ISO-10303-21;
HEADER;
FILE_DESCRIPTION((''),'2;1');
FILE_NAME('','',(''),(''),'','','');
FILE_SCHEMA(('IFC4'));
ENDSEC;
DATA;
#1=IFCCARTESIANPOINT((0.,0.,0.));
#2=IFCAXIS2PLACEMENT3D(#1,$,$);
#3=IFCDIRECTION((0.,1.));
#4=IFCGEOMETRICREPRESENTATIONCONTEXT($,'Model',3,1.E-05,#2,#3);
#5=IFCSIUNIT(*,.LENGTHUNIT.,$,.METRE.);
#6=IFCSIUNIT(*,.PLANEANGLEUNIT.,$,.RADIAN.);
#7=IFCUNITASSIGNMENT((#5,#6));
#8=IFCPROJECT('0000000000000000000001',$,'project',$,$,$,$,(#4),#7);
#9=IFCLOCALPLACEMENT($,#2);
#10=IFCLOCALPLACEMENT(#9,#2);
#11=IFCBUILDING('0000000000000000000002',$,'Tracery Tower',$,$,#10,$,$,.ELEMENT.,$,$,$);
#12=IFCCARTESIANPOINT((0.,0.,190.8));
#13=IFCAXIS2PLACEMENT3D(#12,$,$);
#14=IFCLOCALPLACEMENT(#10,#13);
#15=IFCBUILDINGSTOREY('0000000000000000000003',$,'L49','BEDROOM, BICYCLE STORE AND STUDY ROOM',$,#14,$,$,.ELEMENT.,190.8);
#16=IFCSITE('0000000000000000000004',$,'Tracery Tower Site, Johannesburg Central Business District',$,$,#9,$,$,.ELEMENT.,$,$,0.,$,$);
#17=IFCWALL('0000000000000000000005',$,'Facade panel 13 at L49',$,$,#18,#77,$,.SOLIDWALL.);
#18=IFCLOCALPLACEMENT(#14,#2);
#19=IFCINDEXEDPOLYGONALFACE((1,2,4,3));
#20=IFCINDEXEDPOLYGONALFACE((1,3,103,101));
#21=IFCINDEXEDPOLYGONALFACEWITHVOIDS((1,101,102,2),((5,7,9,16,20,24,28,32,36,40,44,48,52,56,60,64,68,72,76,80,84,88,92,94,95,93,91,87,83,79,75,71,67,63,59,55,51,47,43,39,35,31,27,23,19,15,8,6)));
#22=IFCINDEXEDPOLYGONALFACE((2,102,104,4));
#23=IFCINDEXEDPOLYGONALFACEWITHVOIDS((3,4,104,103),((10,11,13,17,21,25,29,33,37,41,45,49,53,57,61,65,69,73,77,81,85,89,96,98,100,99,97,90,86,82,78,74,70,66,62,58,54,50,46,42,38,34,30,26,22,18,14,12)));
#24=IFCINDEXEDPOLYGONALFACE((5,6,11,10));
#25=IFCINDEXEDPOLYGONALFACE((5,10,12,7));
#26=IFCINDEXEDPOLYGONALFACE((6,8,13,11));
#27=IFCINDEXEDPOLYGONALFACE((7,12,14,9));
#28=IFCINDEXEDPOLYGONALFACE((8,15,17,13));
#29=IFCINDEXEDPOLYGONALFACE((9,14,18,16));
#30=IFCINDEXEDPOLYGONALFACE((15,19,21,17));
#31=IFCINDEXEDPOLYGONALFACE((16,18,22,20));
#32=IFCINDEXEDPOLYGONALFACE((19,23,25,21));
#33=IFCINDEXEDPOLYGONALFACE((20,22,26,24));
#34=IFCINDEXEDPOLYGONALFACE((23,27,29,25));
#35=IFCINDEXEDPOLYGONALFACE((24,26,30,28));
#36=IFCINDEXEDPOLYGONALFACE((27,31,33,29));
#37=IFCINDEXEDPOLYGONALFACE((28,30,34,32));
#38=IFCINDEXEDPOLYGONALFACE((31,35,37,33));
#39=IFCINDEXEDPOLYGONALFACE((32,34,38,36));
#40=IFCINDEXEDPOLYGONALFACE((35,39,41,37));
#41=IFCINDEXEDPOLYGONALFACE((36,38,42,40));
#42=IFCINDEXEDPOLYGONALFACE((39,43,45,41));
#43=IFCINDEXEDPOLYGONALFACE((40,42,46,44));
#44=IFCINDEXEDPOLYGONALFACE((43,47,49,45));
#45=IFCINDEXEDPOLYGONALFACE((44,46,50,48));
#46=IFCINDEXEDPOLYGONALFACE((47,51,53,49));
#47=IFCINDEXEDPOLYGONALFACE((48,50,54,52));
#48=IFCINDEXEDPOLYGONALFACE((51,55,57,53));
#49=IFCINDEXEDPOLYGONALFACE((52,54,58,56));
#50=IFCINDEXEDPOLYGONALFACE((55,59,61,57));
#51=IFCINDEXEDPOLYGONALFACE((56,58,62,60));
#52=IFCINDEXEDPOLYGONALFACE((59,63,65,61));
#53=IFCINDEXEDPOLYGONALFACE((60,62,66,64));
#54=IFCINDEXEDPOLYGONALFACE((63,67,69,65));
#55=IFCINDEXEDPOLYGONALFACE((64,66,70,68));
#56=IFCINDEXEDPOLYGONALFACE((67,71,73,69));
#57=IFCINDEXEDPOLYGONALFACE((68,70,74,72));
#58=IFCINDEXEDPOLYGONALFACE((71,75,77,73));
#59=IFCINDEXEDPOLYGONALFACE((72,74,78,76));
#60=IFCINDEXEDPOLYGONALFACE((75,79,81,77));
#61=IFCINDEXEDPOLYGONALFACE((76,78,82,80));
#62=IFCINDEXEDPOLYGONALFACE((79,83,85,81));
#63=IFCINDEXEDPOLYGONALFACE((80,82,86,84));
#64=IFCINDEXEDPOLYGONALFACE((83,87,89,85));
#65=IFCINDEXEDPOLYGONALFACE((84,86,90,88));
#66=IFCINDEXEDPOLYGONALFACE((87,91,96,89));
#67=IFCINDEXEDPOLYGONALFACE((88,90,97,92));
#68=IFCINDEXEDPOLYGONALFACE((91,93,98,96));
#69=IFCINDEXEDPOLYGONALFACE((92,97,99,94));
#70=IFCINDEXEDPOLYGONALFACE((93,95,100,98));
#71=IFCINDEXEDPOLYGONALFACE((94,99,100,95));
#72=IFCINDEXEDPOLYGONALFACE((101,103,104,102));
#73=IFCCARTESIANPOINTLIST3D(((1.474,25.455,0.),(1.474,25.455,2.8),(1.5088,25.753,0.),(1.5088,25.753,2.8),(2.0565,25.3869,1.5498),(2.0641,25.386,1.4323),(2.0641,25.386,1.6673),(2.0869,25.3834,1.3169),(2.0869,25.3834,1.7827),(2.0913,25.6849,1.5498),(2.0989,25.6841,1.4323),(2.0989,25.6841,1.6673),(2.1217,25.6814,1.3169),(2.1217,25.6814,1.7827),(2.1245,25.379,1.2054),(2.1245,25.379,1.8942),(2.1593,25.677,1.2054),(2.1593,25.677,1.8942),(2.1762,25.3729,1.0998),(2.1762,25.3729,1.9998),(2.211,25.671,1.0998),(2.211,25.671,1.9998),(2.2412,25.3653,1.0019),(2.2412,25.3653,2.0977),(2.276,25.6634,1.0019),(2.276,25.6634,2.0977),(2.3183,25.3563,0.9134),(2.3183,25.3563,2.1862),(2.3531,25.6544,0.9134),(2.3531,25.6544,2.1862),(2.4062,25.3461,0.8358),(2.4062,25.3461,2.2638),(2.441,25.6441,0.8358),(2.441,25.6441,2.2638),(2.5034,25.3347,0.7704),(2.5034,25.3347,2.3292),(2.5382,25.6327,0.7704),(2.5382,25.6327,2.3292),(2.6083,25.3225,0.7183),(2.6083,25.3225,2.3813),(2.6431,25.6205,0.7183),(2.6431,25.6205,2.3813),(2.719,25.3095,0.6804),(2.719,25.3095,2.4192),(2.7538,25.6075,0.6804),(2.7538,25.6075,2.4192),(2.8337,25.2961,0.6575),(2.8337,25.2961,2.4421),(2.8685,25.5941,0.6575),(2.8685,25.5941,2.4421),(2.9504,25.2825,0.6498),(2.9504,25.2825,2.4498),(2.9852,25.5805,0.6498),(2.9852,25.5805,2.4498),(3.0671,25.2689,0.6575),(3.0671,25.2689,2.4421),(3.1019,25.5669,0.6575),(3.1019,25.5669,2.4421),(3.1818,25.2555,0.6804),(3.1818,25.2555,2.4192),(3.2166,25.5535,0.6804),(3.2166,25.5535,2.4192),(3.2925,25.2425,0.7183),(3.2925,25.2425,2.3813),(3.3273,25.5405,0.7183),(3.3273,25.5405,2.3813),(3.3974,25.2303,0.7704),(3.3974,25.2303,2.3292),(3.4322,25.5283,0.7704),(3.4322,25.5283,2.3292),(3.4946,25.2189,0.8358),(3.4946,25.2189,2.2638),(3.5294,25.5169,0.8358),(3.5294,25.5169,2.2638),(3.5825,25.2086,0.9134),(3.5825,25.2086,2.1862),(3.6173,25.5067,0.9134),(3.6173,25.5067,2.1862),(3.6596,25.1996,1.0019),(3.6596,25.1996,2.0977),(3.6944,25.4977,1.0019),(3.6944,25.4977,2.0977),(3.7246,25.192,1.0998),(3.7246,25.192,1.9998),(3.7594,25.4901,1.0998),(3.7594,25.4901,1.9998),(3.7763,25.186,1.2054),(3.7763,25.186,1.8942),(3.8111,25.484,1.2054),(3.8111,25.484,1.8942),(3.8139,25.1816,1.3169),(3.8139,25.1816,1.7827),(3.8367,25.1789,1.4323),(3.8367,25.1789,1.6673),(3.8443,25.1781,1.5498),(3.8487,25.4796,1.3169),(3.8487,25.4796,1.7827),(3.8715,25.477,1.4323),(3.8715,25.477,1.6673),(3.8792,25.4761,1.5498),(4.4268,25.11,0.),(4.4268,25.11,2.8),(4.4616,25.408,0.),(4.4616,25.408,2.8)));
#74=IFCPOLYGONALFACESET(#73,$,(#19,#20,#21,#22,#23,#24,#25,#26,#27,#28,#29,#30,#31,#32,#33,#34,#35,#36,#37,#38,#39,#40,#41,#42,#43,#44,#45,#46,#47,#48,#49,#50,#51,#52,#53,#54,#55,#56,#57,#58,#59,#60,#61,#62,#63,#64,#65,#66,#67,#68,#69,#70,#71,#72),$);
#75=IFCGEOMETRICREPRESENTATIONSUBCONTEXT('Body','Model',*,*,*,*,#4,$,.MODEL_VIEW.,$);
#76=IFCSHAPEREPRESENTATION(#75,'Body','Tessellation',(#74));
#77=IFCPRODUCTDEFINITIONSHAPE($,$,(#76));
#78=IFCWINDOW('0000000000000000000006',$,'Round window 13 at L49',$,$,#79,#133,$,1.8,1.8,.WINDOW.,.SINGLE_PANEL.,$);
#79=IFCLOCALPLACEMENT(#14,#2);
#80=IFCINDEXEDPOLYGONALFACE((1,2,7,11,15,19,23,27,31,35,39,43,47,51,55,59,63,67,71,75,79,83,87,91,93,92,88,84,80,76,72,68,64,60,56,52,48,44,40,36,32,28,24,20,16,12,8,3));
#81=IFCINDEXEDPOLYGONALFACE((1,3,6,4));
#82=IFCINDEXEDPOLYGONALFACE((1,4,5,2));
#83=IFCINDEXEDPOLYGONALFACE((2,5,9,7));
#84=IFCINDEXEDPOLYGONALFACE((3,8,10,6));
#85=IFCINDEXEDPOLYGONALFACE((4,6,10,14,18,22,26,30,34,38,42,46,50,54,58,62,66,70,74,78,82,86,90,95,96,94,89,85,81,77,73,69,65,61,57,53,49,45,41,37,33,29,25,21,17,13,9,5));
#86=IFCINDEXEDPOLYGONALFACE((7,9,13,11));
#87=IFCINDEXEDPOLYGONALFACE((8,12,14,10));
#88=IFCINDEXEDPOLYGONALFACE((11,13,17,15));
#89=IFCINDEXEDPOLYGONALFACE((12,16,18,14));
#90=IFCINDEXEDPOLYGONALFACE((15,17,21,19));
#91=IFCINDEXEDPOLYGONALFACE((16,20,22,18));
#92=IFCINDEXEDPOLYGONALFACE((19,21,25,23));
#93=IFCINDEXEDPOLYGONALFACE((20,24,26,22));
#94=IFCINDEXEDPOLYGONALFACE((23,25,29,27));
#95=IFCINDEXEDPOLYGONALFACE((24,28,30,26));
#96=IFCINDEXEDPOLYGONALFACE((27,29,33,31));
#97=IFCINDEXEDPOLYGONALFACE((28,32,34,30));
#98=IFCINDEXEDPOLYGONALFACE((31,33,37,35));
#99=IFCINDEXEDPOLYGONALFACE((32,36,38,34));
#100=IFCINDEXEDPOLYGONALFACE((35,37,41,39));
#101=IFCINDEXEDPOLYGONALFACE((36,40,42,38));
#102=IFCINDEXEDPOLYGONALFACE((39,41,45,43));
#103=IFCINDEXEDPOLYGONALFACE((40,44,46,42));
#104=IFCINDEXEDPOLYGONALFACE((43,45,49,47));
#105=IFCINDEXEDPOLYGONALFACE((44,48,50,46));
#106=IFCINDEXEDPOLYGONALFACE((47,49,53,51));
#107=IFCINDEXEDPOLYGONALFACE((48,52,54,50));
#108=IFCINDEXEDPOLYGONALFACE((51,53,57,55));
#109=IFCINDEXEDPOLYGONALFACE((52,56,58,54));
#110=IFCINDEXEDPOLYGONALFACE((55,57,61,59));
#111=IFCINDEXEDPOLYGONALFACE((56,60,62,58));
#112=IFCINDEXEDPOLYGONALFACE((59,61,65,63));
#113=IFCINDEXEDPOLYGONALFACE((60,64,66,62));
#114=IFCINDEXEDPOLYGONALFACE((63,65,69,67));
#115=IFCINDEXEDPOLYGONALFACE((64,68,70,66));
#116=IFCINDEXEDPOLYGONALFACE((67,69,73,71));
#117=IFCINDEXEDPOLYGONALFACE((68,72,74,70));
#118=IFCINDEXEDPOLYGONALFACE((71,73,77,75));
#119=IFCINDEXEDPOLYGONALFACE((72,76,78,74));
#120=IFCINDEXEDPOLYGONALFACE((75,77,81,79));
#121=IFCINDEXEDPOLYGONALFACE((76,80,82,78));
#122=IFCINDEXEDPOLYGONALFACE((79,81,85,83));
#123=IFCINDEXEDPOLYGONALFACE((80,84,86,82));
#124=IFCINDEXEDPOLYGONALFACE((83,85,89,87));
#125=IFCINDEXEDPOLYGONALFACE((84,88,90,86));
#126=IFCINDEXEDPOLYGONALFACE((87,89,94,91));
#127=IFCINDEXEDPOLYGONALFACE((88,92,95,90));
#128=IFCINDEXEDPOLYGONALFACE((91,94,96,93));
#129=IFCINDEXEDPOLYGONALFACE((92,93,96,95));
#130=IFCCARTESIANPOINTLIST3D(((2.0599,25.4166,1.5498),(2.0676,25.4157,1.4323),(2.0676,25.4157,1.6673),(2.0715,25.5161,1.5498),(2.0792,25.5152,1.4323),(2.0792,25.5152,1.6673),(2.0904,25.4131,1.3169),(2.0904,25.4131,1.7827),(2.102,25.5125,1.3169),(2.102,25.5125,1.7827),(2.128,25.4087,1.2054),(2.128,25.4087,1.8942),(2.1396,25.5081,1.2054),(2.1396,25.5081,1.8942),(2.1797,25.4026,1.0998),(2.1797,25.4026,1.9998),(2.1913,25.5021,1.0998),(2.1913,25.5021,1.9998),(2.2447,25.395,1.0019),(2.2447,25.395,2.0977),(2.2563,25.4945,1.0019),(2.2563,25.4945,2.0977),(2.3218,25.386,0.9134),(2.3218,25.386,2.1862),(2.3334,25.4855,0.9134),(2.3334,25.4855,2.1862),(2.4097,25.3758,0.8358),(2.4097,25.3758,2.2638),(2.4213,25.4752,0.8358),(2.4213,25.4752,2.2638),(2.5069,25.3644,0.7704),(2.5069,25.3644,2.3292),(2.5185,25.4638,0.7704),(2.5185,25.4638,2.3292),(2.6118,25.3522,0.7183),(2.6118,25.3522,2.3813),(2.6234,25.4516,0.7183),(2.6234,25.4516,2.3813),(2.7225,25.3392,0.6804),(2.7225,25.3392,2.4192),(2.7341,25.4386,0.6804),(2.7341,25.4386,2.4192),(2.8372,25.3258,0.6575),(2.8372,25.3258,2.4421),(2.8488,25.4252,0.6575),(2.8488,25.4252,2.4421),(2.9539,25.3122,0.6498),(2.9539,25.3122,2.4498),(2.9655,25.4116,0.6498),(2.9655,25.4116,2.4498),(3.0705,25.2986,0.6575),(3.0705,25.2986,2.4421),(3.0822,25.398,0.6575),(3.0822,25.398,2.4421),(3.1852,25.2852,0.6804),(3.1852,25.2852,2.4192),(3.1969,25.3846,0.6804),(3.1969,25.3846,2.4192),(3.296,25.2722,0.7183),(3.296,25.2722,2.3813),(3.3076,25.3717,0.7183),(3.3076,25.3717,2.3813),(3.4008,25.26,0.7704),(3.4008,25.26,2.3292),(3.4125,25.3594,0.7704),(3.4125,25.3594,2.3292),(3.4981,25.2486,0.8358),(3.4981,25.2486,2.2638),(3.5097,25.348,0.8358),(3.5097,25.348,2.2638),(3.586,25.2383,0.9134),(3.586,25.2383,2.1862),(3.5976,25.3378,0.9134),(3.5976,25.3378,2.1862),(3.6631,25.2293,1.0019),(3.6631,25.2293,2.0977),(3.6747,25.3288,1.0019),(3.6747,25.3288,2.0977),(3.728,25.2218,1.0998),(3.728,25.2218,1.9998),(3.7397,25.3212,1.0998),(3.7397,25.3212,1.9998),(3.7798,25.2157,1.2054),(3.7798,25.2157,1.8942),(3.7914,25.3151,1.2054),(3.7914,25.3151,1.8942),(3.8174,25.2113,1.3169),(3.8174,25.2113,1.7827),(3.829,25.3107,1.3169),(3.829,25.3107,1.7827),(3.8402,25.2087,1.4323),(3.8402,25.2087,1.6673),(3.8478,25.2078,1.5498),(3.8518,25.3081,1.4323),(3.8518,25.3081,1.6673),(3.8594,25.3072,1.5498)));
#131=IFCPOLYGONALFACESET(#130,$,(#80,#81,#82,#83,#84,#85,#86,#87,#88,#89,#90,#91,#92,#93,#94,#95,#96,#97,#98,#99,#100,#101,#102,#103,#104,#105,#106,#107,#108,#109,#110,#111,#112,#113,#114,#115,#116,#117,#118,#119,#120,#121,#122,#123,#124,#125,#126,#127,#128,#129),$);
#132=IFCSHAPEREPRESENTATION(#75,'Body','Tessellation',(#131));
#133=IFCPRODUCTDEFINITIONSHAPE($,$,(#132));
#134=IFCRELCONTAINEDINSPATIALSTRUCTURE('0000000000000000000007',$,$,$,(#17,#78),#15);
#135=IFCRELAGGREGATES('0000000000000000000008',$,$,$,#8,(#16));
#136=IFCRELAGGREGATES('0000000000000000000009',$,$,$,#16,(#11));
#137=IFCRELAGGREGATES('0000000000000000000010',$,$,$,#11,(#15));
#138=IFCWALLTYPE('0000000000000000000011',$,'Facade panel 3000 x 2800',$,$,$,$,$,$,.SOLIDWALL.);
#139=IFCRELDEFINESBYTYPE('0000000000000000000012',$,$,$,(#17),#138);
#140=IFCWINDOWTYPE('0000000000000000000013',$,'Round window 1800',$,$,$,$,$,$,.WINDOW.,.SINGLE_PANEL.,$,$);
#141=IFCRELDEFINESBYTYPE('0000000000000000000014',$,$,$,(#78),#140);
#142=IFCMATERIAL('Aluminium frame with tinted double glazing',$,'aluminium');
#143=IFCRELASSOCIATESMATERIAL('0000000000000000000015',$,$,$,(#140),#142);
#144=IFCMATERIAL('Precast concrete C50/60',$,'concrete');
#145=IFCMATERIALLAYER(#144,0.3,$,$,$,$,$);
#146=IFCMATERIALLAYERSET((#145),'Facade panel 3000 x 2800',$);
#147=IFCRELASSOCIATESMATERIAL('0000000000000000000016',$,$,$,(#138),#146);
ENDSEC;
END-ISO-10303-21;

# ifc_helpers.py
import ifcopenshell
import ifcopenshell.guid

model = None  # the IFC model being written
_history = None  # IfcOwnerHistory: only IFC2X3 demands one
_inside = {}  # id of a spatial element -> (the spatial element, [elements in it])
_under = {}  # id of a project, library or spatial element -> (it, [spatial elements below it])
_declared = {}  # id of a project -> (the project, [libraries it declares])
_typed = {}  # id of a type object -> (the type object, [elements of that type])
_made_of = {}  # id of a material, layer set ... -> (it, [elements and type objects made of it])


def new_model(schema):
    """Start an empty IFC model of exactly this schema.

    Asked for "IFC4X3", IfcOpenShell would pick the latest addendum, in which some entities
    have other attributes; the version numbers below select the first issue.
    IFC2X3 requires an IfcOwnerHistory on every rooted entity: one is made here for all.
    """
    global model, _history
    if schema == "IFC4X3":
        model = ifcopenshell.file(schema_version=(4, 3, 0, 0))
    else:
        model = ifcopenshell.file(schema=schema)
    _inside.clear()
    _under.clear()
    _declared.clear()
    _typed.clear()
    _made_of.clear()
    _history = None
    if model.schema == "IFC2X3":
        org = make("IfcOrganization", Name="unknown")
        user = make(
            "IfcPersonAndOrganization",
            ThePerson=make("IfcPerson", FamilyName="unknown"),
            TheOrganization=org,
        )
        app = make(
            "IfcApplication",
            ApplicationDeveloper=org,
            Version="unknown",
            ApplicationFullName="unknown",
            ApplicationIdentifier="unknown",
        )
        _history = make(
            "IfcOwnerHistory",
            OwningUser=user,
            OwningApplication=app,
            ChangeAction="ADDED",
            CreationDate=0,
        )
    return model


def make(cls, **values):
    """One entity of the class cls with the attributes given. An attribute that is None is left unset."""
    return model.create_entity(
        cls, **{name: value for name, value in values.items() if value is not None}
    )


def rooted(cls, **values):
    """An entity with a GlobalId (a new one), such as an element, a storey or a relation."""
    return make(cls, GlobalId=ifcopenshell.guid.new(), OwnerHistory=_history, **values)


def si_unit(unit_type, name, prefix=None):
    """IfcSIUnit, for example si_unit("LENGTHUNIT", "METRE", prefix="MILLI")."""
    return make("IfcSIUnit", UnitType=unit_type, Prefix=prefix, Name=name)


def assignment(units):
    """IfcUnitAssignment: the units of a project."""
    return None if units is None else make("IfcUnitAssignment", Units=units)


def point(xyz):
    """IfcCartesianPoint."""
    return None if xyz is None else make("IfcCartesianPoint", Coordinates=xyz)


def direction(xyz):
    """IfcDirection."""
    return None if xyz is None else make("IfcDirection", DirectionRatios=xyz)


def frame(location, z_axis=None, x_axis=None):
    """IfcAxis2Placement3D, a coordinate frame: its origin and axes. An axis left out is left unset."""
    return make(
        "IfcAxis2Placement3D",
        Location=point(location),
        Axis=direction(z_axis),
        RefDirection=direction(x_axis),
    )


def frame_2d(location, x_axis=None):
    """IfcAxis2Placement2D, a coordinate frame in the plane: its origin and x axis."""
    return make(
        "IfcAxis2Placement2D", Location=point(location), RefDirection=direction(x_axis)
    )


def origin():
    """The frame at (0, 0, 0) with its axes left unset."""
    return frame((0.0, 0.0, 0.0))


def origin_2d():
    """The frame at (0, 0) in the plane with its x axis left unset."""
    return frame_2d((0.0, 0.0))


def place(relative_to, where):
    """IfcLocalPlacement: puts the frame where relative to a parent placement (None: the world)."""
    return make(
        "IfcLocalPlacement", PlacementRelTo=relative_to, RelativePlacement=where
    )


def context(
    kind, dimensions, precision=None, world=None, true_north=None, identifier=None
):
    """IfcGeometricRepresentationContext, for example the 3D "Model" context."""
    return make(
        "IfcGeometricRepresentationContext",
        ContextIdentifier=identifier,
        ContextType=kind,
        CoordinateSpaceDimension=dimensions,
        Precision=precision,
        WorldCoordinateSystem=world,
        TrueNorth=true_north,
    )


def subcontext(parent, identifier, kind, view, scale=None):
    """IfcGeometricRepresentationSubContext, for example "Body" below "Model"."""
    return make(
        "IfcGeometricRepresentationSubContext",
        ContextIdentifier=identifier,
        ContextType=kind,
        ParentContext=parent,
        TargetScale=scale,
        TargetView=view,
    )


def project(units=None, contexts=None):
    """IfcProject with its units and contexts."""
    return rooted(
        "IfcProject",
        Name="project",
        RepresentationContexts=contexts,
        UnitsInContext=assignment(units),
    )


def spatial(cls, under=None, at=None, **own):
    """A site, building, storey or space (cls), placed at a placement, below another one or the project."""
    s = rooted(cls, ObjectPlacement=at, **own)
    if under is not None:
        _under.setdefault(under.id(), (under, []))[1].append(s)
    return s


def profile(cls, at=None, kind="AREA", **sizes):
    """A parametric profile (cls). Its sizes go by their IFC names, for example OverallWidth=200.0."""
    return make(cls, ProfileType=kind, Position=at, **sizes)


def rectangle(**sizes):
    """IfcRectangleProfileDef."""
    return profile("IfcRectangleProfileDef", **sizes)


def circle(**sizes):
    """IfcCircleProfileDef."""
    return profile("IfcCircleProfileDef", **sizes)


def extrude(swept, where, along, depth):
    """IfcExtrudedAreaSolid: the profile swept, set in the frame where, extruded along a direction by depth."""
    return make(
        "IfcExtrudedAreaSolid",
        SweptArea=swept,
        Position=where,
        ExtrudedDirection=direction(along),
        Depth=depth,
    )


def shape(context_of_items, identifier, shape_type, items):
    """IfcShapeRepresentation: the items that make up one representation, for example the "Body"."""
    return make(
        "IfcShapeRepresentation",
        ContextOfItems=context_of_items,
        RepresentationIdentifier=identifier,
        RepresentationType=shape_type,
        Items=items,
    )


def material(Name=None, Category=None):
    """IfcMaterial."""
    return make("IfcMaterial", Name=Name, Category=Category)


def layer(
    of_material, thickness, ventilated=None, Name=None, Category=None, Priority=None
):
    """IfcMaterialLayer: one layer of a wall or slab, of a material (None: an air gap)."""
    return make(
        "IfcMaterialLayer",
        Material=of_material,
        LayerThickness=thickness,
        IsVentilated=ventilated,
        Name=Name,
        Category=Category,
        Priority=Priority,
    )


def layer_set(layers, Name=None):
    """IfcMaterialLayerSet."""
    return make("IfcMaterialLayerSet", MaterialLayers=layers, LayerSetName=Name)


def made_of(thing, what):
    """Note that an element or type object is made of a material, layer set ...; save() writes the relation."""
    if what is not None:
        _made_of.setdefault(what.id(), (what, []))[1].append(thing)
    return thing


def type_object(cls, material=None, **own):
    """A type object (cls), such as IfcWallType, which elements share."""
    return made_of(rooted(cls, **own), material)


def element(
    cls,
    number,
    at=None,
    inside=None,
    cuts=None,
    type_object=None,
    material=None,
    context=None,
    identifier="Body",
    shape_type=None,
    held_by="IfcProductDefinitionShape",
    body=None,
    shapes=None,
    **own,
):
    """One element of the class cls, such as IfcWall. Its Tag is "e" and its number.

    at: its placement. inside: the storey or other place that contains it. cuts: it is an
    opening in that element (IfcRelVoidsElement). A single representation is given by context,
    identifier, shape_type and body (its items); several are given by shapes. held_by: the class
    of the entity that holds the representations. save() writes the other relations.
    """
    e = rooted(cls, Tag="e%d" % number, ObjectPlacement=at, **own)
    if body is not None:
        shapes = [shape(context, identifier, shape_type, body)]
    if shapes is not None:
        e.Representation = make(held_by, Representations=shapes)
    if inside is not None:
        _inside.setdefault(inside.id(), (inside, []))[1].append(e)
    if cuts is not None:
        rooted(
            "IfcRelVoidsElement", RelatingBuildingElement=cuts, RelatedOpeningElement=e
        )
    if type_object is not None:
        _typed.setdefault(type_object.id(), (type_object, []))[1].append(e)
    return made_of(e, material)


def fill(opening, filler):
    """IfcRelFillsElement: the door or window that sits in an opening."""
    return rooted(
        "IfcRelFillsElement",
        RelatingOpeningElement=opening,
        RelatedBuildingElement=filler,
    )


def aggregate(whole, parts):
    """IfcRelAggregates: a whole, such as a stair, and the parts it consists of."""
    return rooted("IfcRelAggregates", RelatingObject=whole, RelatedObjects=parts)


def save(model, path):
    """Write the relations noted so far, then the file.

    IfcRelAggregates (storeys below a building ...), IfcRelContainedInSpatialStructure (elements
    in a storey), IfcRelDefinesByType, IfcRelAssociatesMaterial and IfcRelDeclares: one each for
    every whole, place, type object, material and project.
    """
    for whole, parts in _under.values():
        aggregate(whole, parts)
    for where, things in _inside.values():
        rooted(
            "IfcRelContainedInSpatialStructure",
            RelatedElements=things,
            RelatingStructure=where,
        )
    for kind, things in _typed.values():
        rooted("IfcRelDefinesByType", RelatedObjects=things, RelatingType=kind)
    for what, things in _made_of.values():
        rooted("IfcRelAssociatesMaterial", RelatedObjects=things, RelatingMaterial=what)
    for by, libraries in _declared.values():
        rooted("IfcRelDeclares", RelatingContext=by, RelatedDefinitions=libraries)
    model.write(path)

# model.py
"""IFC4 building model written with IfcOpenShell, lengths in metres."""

from ifc_helpers import new_model, si_unit, direction, frame, frame_2d, origin, origin_2d, place, context, subcontext, project, spatial, rectangle, circle, extrude, material, layer, layer_set, type_object, element, fill, save


model = new_model("IFC4")

# Units and contexts
model_context = context("Model", 3, precision=1e-05, world=origin(), true_north=direction((0.0, 1.0)))
body_context = subcontext(model_context, "Body", "Model", "MODEL_VIEW")
ifc_project = project(units=[si_unit("LENGTHUNIT", "METRE"), si_unit("PLANEANGLEUNIT", "RADIAN")], contexts=[model_context])

# Site, building, storey
site_placement = place(None, origin())
site = spatial("IfcSite", under=ifc_project, at=site_placement, Name="Tracery Tower Site, Johannesburg Central Business District", CompositionType="ELEMENT", RefElevation=0.0)
building_placement = place(site_placement, origin())
building = spatial("IfcBuilding", under=site, at=building_placement, Name="Tracery Tower", CompositionType="ELEMENT")
storey_placement = place(building_placement, frame((0.0, 0.0, 190.8)))
storey = spatial("IfcBuildingStorey", under=building, at=storey_placement, Name="L49", Description="BEDROOM, BICYCLE STORE AND STUDY ROOM", CompositionType="ELEMENT", Elevation=190.8)

# Wall, opening, window
ifc_material_1 = material(Name="Aluminium frame with tinted double glazing", Category="aluminium")
window_type = type_object("IfcWindowType", Name="Round window 1800", PartitioningType="SINGLE_PANEL", PredefinedType="WINDOW", material=ifc_material_1)
ifc_material_2 = material(Name="Precast concrete C50/60", Category="concrete")
ifc_layer_1 = layer(ifc_material_2, 0.3)
ifc_layer_set_1 = layer_set([ifc_layer_1], Name="Facade panel 3000 x 2800")
wall_type_1 = type_object("IfcWallType", Name="Facade panel 3000 x 2800", PredefinedType="SOLIDWALL", material=ifc_layer_set_1)
wall_1_placement = place(storey_placement, frame((4.4441, 25.259, 0.0), z_axis=(0.0, 0.0, 1.0), x_axis=(-0.993245, 0.116036, 0.0)))
wall_1 = element("IfcWall", 1, at=wall_1_placement, inside=storey, type_object=wall_type_1, Name="Facade panel 13 at L49", PredefinedType="SOLIDWALL", context=body_context, shape_type="SweptSolid", body=[
    extrude(rectangle(XDim=2.9729, YDim=0.3, at=frame_2d((1.4863, 0.0))), origin(), (0.0, 0.0, 1.0), 2.8),
])
opening_1_placement = place(wall_1_placement, frame((1.4863, 0.0, 1.5498)))
opening_1 = element("IfcOpeningElement", 2, at=opening_1_placement, cuts=wall_1, PredefinedType="OPENING", context=body_context, shape_type="SweptSolid", body=[
    extrude(circle(Radius=0.9, at=origin_2d()), frame((0.0, 0.1599, 0.0), z_axis=(0.0, -1.0, 0.0), x_axis=(1.0, 0.0, 0.0)), (0.0, 0.0, 1.0), 0.3201),
])
window_1_placement = place(opening_1_placement, origin())
window_1 = element("IfcWindow", 3, at=window_1_placement, inside=storey, type_object=window_type, Name="Round window 13 at L49", OverallHeight=1.8, OverallWidth=1.8, PartitioningType="SINGLE_PANEL", PredefinedType="WINDOW", context=body_context, shape_type="SweptSolid", body=[
    extrude(circle(Radius=0.9, at=origin_2d()), frame((0.0, 0.1201, 0.0), z_axis=(0.0, -1.0, 0.0), x_axis=(1.0, 0.0, 0.0)), (0.0, 0.0, 1.0), 0.1001),
])
fill(opening_1, window_1)

save(model, "model.ifc")
